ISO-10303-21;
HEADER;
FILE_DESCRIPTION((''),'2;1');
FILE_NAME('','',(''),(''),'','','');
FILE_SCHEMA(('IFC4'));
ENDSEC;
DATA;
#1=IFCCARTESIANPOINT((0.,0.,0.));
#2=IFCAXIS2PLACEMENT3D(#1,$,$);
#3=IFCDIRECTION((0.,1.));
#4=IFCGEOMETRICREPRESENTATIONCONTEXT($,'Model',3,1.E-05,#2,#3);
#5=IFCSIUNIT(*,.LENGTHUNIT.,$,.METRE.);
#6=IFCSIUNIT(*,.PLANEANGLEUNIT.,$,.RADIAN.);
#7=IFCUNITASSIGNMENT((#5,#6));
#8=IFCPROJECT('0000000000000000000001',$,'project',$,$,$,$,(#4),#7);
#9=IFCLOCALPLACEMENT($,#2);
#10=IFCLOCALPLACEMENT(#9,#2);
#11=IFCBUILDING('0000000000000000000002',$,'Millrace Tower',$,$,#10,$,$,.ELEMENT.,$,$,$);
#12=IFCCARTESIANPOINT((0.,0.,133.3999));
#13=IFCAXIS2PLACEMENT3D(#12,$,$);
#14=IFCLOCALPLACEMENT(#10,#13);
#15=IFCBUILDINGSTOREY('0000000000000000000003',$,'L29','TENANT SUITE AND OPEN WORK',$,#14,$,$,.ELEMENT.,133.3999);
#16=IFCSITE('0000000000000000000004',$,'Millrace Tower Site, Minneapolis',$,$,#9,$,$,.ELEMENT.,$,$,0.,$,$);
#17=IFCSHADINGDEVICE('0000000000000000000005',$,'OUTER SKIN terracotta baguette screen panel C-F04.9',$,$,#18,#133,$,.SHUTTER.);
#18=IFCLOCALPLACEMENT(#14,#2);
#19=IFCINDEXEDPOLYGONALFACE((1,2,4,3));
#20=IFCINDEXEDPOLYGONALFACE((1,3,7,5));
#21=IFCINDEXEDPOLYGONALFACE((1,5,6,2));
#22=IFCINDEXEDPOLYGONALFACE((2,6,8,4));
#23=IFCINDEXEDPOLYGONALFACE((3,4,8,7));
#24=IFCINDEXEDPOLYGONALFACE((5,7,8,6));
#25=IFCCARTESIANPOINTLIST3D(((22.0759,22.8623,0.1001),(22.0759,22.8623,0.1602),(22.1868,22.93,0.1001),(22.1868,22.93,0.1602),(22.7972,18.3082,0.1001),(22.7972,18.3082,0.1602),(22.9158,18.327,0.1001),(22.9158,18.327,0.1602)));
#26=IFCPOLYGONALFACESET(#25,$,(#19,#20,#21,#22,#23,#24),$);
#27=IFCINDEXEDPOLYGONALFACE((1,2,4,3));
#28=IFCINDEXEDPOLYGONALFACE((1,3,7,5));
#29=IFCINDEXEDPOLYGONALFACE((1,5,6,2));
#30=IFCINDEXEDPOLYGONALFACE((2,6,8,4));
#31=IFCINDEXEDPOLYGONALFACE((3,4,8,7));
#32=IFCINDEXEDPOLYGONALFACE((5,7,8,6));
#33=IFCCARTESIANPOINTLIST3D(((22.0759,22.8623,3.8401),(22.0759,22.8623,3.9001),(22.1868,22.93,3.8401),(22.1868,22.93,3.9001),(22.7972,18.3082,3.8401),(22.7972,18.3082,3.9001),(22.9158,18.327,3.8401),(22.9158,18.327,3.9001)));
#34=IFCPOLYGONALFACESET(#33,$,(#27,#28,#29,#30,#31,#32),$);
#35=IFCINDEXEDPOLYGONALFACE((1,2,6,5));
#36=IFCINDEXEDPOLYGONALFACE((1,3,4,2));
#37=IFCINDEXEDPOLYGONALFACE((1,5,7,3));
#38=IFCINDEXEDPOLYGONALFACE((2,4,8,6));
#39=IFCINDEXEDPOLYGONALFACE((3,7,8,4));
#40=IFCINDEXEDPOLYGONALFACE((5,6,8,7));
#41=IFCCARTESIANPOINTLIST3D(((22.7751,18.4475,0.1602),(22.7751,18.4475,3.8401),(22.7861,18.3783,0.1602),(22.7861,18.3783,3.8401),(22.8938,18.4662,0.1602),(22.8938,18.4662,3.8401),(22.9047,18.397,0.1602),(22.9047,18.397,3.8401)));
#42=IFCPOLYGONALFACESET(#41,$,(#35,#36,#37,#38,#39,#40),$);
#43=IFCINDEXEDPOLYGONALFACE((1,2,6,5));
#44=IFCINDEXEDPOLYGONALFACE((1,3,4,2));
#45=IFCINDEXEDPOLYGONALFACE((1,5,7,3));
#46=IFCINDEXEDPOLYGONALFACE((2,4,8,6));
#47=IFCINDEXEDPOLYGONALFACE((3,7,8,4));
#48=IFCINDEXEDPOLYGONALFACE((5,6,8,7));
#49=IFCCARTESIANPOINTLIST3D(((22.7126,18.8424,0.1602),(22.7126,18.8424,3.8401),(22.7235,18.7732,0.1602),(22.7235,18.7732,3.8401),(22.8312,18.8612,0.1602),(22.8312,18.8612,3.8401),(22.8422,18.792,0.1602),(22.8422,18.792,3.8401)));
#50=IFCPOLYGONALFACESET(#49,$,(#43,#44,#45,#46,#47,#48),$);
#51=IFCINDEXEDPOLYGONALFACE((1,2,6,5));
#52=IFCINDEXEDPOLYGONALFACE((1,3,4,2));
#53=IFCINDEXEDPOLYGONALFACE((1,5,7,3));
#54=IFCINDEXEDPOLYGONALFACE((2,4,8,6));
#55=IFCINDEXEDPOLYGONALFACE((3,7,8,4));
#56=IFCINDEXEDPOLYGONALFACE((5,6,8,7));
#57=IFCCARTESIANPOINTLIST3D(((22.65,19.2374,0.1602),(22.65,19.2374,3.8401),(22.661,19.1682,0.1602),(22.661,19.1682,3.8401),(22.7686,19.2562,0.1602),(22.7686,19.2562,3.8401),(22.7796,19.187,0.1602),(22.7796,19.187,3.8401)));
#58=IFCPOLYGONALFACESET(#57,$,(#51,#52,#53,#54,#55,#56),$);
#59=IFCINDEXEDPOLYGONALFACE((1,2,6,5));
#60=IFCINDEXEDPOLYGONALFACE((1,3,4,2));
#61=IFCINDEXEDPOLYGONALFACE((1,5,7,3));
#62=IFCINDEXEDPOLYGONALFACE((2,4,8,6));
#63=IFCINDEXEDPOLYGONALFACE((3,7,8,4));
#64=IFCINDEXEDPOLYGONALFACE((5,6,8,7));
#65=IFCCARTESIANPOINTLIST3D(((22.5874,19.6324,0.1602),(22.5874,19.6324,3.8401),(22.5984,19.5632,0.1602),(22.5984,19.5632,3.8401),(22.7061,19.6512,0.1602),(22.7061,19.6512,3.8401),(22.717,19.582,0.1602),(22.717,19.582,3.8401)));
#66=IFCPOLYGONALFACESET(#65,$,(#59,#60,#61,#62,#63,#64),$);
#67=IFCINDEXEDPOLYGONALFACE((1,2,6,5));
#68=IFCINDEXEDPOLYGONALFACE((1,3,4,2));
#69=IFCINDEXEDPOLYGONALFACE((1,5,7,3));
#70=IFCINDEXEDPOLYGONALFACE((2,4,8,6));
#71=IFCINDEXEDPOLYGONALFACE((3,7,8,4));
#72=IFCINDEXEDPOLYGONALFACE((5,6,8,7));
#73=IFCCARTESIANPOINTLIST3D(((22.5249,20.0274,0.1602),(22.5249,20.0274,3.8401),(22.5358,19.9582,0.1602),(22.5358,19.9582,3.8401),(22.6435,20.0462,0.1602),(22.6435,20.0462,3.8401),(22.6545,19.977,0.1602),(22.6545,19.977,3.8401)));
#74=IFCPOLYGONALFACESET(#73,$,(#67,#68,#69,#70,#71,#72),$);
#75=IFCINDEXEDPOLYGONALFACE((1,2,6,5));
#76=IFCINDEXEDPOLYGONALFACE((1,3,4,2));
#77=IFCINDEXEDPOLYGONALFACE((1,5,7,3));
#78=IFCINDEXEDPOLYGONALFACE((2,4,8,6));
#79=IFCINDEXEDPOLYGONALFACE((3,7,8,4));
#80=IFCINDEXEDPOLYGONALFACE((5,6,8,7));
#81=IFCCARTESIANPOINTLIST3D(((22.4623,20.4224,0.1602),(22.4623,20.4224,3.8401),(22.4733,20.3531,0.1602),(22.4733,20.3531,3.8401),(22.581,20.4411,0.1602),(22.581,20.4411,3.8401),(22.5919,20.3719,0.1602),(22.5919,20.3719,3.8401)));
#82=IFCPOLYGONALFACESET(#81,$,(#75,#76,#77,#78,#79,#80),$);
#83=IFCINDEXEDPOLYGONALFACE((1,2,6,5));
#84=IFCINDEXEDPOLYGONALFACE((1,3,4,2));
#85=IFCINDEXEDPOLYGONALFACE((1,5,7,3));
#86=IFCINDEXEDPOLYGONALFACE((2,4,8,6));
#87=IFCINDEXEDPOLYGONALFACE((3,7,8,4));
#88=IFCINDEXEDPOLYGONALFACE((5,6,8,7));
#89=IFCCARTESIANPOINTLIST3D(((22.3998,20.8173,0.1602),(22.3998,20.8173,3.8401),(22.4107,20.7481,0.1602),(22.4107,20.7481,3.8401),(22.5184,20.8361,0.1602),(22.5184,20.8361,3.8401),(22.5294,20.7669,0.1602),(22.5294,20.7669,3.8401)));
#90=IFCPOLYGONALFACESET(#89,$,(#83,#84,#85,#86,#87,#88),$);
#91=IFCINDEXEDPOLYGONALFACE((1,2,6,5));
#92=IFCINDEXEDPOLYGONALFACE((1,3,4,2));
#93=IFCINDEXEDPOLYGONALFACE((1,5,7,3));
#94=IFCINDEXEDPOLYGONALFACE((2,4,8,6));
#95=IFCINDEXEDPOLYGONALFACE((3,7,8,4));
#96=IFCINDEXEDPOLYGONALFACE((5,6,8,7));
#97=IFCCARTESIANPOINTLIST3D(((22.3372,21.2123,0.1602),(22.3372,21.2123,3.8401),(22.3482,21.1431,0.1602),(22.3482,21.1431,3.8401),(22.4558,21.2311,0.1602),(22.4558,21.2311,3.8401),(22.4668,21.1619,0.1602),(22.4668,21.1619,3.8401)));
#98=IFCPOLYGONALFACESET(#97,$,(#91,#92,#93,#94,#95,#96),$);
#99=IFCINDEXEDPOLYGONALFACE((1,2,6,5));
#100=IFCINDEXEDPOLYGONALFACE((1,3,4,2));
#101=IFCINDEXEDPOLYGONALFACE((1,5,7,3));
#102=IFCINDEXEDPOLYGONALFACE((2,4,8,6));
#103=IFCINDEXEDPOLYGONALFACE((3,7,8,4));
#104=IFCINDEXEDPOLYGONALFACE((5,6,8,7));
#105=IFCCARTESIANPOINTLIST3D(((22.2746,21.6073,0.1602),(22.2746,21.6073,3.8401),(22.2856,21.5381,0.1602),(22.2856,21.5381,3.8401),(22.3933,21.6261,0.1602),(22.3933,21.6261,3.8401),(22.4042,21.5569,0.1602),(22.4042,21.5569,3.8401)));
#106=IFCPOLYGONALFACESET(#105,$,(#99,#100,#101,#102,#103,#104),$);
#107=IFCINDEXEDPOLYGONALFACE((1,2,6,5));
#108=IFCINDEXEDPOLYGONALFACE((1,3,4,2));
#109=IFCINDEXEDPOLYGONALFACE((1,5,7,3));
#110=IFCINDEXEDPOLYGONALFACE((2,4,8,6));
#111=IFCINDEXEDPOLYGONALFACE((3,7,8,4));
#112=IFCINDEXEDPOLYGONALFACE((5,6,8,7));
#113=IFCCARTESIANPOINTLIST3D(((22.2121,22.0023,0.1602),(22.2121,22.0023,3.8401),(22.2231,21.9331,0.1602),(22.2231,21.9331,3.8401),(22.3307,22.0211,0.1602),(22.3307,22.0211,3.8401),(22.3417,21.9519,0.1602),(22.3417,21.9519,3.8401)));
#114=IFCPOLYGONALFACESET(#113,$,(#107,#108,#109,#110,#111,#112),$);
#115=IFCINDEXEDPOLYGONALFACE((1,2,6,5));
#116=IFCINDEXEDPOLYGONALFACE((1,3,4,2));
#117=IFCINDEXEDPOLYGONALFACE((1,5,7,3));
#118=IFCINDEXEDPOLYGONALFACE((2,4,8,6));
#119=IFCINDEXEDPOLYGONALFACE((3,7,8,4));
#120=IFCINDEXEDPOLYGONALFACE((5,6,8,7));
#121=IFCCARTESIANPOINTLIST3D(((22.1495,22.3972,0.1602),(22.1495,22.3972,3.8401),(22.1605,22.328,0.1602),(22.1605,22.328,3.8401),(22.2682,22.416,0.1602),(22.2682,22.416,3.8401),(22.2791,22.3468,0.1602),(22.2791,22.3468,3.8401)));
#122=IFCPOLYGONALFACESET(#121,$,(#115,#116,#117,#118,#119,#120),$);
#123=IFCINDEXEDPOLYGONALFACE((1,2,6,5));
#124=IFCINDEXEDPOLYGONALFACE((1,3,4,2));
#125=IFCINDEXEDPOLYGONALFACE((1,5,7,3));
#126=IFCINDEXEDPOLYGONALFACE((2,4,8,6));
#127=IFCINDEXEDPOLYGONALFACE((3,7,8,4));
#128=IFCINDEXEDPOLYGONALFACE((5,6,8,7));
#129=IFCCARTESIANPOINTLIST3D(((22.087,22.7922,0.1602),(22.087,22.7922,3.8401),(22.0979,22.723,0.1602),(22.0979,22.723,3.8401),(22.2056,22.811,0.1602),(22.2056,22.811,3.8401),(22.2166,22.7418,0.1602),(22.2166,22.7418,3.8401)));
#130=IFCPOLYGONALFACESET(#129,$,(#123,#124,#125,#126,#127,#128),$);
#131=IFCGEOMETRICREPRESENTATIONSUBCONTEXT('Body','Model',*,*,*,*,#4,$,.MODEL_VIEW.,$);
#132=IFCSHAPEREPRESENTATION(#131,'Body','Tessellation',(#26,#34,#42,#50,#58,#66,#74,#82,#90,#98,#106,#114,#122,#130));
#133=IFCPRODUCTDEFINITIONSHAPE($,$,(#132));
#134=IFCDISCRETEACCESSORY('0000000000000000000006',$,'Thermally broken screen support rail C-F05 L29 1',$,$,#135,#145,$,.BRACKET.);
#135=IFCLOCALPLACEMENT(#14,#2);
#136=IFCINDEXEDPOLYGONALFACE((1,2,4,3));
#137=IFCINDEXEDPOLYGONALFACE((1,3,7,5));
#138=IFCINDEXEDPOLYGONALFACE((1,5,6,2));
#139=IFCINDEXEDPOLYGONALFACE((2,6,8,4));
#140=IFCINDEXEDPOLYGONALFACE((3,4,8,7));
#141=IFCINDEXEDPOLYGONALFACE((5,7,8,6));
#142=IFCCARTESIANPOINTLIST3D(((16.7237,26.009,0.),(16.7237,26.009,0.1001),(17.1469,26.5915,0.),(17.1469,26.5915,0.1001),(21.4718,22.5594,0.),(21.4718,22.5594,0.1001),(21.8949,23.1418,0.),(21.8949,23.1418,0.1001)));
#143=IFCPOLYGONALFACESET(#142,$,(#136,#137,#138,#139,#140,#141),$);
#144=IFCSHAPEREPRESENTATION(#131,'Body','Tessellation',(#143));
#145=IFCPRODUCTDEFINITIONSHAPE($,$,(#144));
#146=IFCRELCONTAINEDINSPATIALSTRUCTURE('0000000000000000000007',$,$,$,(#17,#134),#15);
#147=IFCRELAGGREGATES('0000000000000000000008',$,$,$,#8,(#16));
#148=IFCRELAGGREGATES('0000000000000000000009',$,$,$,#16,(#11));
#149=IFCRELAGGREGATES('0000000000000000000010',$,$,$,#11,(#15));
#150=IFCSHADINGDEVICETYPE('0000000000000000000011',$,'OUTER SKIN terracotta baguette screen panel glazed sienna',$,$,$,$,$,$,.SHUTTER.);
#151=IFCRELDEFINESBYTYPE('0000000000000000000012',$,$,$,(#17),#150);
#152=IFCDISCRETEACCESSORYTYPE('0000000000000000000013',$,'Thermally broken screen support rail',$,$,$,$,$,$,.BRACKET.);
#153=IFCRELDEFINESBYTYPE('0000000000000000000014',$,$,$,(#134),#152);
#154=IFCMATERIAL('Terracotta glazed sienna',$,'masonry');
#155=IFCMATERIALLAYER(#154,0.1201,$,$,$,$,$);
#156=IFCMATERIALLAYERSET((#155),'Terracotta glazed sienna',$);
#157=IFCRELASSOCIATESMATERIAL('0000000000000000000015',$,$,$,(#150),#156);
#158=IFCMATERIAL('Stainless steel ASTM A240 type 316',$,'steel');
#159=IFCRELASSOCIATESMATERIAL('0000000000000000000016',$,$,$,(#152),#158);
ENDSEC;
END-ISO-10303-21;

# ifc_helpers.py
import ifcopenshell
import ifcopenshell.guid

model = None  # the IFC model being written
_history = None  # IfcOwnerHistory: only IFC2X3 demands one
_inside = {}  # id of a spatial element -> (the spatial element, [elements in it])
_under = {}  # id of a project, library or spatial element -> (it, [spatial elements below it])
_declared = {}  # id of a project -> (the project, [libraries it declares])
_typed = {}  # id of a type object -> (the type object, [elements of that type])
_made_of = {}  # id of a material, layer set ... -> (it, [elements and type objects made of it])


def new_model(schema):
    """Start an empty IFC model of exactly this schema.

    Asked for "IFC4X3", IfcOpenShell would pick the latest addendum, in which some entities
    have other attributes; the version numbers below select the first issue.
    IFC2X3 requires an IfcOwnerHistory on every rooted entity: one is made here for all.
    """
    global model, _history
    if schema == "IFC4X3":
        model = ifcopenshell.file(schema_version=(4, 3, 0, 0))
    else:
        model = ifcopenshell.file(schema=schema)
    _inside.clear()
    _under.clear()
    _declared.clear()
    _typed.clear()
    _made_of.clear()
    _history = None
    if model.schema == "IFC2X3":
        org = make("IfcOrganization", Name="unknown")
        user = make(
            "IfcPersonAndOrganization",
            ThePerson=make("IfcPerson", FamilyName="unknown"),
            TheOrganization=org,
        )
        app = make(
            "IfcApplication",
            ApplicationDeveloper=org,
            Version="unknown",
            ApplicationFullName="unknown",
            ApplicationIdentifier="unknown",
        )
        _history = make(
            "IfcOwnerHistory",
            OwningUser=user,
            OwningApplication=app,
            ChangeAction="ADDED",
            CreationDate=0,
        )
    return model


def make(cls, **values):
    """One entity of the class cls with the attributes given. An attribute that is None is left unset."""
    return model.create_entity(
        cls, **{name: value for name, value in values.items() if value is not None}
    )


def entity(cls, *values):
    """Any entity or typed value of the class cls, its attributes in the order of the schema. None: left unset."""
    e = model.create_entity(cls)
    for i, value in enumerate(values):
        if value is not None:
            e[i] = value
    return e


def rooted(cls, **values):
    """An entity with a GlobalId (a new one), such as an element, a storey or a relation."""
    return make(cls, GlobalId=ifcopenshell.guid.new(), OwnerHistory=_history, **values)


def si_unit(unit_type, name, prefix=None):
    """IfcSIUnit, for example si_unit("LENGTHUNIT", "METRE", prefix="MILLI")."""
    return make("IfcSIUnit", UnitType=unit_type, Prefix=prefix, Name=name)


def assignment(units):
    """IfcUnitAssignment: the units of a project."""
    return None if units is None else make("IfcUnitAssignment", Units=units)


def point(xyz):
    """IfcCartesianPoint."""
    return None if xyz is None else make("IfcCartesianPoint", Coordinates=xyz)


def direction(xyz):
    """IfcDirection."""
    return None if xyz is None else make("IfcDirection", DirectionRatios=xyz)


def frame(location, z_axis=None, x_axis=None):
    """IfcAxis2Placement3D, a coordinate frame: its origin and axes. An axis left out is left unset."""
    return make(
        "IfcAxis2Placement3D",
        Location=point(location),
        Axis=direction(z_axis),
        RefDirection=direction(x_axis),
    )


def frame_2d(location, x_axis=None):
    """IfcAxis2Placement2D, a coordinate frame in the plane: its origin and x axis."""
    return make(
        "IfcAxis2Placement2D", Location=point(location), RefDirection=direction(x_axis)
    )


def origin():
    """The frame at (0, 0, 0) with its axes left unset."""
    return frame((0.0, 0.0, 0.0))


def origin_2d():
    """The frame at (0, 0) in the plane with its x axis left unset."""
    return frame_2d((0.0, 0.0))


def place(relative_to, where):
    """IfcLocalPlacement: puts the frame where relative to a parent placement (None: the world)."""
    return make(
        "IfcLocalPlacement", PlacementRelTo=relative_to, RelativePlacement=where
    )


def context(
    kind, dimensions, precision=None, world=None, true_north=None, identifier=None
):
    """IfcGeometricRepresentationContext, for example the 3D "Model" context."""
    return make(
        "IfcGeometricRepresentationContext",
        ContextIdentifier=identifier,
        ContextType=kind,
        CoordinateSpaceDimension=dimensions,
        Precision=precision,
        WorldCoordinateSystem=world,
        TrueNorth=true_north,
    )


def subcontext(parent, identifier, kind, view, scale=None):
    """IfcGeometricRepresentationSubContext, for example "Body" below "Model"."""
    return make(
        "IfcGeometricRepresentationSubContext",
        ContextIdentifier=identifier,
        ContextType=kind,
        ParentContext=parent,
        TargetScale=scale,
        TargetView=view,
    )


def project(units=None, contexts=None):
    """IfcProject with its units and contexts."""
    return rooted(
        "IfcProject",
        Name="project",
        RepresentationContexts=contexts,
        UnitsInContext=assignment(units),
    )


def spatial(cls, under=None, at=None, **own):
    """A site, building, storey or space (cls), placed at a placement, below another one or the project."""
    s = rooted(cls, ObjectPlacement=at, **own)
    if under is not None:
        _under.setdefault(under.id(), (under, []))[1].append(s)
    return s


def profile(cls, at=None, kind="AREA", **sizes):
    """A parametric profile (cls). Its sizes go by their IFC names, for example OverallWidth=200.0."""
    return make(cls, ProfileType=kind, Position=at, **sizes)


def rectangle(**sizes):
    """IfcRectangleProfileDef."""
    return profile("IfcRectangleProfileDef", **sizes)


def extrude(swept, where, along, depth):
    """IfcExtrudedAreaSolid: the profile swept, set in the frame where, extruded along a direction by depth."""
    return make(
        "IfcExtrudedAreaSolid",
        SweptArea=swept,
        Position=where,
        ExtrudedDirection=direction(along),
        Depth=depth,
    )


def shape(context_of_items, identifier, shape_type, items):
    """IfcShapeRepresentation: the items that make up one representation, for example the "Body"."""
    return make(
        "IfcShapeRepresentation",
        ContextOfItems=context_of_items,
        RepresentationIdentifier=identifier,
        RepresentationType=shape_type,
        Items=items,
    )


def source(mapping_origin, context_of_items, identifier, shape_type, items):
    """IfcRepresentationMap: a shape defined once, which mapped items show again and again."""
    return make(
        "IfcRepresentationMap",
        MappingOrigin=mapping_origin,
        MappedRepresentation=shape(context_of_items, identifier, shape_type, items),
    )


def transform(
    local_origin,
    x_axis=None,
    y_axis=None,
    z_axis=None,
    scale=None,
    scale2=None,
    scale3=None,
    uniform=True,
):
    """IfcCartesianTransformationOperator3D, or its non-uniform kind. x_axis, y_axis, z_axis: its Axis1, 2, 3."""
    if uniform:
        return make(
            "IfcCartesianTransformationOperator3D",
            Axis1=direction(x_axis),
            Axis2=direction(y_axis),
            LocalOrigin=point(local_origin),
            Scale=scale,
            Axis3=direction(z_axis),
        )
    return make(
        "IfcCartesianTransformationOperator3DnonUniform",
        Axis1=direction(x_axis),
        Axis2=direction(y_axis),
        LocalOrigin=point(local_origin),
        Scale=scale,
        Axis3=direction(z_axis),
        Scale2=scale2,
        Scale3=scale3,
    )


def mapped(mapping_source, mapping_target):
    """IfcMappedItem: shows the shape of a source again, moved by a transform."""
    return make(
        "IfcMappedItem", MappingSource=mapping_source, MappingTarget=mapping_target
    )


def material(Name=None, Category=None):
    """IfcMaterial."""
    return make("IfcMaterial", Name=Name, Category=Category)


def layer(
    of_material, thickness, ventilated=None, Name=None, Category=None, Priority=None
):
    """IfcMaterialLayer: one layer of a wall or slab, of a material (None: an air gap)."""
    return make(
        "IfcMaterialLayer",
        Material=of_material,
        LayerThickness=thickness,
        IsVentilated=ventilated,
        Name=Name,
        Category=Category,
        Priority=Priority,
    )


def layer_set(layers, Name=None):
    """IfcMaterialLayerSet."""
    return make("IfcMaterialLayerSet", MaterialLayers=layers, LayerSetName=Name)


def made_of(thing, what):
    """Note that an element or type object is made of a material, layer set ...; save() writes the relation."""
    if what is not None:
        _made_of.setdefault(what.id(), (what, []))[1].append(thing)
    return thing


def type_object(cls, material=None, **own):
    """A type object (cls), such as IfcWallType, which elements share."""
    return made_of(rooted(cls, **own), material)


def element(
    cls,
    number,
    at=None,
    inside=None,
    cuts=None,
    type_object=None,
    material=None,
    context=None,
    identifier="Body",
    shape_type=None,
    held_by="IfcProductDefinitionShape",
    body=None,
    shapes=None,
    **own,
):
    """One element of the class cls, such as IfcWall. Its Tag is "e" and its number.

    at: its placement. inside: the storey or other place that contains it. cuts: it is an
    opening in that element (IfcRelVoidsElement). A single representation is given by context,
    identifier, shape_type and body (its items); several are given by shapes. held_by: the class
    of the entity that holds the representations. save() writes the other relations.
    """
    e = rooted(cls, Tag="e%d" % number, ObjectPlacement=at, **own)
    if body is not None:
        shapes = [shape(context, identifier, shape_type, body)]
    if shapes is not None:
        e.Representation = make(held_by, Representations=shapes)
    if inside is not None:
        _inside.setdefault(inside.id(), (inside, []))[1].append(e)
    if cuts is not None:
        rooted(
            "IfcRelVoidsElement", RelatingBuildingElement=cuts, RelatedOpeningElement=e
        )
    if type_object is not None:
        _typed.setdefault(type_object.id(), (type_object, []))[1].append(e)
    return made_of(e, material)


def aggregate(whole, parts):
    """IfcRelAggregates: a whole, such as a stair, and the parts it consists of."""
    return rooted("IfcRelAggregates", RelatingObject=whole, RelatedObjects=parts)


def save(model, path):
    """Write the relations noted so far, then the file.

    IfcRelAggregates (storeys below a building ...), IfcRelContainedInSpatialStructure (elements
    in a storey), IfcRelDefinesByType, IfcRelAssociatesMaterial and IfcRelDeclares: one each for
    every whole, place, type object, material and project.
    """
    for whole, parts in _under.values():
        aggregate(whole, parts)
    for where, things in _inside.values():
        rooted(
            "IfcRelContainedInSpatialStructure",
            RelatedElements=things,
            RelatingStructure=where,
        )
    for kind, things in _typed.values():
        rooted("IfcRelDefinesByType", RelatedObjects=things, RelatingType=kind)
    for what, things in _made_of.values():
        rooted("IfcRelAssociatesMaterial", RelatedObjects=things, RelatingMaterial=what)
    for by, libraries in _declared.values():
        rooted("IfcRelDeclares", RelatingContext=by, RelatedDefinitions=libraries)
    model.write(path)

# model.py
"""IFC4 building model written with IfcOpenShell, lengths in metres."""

from ifc_helpers import new_model, entity, si_unit, direction, frame, frame_2d, origin, origin_2d, place, context, subcontext, project, spatial, rectangle, extrude, source, transform, mapped, material, layer, layer_set, type_object, element, save


model = new_model("IFC4")

# Units and contexts
model_context = context("Model", 3, precision=1e-05, world=origin(), true_north=direction((0.0, 1.0)))
body_context = subcontext(model_context, "Body", "Model", "MODEL_VIEW")
ifc_project = project(units=[si_unit("LENGTHUNIT", "METRE"), si_unit("PLANEANGLEUNIT", "RADIAN")], contexts=[model_context])

# Site, building, storey
site_placement = place(None, origin())
site = spatial("IfcSite", under=ifc_project, at=site_placement, Name="Millrace Tower Site, Minneapolis", CompositionType="ELEMENT", RefElevation=0.0)
building_placement = place(site_placement, origin())
building = spatial("IfcBuilding", under=site, at=building_placement, Name="Millrace Tower", CompositionType="ELEMENT")
storey_placement = place(building_placement, frame((0.0, 0.0, 133.3999)))
storey = spatial("IfcBuildingStorey", under=building, at=storey_placement, Name="L29", Description="TENANT SUITE AND OPEN WORK", CompositionType="ELEMENT", Elevation=133.3999)

# Shading device
ifc_material_1 = material(Name="Terracotta glazed sienna", Category="masonry")
ifc_layer_1 = layer(ifc_material_1, 0.1201)
ifc_layer_set_1 = layer_set([ifc_layer_1], Name="Terracotta glazed sienna")
shading_device_type = type_object("IfcShadingDeviceType", Name="OUTER SKIN terracotta baguette screen panel glazed sienna", PredefinedType="SHUTTER", material=ifc_layer_set_1)
cartesian_point_1 = entity("IfcCartesianPoint", [-2.3179, 0.0601])
shared_polyline_1 = entity("IfcPolyline", [cartesian_point_1, entity("IfcCartesianPoint", [2.293, 0.0601]), entity("IfcCartesianPoint", [2.3425, -0.0601]), entity("IfcCartesianPoint", [-2.3179, -0.0601]), cartesian_point_1])
shared_shape_1 = source(origin(), body_context, "Body", "SweptSolid", [
    entity("IfcExtrudedAreaSolid", entity("IfcArbitraryClosedProfileDef", "AREA", None, shared_polyline_1), entity("IfcAxis2Placement3D", entity("IfcCartesianPoint", [0.0, 0.0, 0.0])), entity("IfcDirection", [0.0, 0.0, 1.0]), 0.0601),
    entity("IfcExtrudedAreaSolid", entity("IfcArbitraryClosedProfileDef", "AREA", None, shared_polyline_1), entity("IfcAxis2Placement3D", entity("IfcCartesianPoint", [0.0, 0.0, 3.74])), entity("IfcDirection", [0.0, 0.0, 1.0]), 0.0601),
    extrude(rectangle(XDim=0.0701, YDim=0.1201, at=frame_2d((-2.2119, 0.0))), frame((0.0, 0.0, 0.0601)), (0.0, 0.0, 1.0), 3.6799),
    extrude(rectangle(XDim=0.0701, YDim=0.1201, at=frame_2d((-1.812, 0.0))), frame((0.0, 0.0, 0.0601)), (0.0, 0.0, 1.0), 3.6799),
    extrude(rectangle(XDim=0.0701, YDim=0.1201, at=frame_2d((-1.4121, 0.0))), frame((0.0, 0.0, 0.0601)), (0.0, 0.0, 1.0), 3.6799),
    extrude(rectangle(XDim=0.0701, YDim=0.1201, at=frame_2d((-1.0122, 0.0))), frame((0.0, 0.0, 0.0601)), (0.0, 0.0, 1.0), 3.6799),
    extrude(rectangle(XDim=0.0701, YDim=0.1201, at=frame_2d((-0.6123, 0.0))), frame((0.0, 0.0, 0.0601)), (0.0, 0.0, 1.0), 3.6799),
    extrude(rectangle(XDim=0.0701, YDim=0.1201, at=frame_2d((-0.2124, 0.0))), frame((0.0, 0.0, 0.0601)), (0.0, 0.0, 1.0), 3.6799),
    extrude(rectangle(XDim=0.0701, YDim=0.1201, at=frame_2d((0.1875, 0.0))), frame((0.0, 0.0, 0.0601)), (0.0, 0.0, 1.0), 3.6799),
    extrude(rectangle(XDim=0.0701, YDim=0.1201, at=frame_2d((0.5874, 0.0))), frame((0.0, 0.0, 0.0601)), (0.0, 0.0, 1.0), 3.6799),
    extrude(rectangle(XDim=0.0701, YDim=0.1201, at=frame_2d((0.9873, 0.0))), frame((0.0, 0.0, 0.0601)), (0.0, 0.0, 1.0), 3.6799),
    extrude(rectangle(XDim=0.0701, YDim=0.1201, at=frame_2d((1.3872, 0.0))), frame((0.0, 0.0, 0.0601)), (0.0, 0.0, 1.0), 3.6799),
    extrude(rectangle(XDim=0.0701, YDim=0.1201, at=frame_2d((1.7871, 0.0))), frame((0.0, 0.0, 0.0601)), (0.0, 0.0, 1.0), 3.6799),
    extrude(rectangle(XDim=0.0701, YDim=0.1201, at=frame_2d((2.187, 0.0))), frame((0.0, 0.0, 0.0601)), (0.0, 0.0, 1.0), 3.6799),
])
shading_device_1_placement = place(storey_placement, frame((22.4939, 20.6069, 0.1001), z_axis=(0.0, 0.0, 1.0), x_axis=(-0.156434, 0.987688, 0.0)))
element("IfcShadingDevice", 1, at=shading_device_1_placement, inside=storey, type_object=shading_device_type, Name="OUTER SKIN terracotta baguette screen panel C-F04.9", PredefinedType="SHUTTER", context=body_context, shape_type="MappedRepresentation", body=[
    mapped(shared_shape_1, transform((0.0, 0.0, 0.0), scale=1.0)),
])

# Discrete accessory
ifc_material_2 = material(Name="Stainless steel ASTM A240 type 316", Category="steel")
discrete_accessory_type = type_object("IfcDiscreteAccessoryType", Name="Thermally broken screen support rail", PredefinedType="BRACKET", material=ifc_material_2)
discrete_accessory_placement = place(storey_placement, frame((19.3093, 24.5754, 0.0), z_axis=(0.0, 0.0, 1.0), x_axis=(-0.809017, 0.587785, 0.0)))
element("IfcDiscreteAccessory", 2, at=discrete_accessory_placement, inside=storey, type_object=discrete_accessory_type, Name="Thermally broken screen support rail C-F05 L29 1", PredefinedType="BRACKET", context=body_context, shape_type="SweptSolid", body=[
    extrude(rectangle(XDim=5.8689, YDim=0.72, at=origin_2d()), origin(), (0.0, 0.0, 1.0), 0.1001),
])

save(model, "model.ifc")
